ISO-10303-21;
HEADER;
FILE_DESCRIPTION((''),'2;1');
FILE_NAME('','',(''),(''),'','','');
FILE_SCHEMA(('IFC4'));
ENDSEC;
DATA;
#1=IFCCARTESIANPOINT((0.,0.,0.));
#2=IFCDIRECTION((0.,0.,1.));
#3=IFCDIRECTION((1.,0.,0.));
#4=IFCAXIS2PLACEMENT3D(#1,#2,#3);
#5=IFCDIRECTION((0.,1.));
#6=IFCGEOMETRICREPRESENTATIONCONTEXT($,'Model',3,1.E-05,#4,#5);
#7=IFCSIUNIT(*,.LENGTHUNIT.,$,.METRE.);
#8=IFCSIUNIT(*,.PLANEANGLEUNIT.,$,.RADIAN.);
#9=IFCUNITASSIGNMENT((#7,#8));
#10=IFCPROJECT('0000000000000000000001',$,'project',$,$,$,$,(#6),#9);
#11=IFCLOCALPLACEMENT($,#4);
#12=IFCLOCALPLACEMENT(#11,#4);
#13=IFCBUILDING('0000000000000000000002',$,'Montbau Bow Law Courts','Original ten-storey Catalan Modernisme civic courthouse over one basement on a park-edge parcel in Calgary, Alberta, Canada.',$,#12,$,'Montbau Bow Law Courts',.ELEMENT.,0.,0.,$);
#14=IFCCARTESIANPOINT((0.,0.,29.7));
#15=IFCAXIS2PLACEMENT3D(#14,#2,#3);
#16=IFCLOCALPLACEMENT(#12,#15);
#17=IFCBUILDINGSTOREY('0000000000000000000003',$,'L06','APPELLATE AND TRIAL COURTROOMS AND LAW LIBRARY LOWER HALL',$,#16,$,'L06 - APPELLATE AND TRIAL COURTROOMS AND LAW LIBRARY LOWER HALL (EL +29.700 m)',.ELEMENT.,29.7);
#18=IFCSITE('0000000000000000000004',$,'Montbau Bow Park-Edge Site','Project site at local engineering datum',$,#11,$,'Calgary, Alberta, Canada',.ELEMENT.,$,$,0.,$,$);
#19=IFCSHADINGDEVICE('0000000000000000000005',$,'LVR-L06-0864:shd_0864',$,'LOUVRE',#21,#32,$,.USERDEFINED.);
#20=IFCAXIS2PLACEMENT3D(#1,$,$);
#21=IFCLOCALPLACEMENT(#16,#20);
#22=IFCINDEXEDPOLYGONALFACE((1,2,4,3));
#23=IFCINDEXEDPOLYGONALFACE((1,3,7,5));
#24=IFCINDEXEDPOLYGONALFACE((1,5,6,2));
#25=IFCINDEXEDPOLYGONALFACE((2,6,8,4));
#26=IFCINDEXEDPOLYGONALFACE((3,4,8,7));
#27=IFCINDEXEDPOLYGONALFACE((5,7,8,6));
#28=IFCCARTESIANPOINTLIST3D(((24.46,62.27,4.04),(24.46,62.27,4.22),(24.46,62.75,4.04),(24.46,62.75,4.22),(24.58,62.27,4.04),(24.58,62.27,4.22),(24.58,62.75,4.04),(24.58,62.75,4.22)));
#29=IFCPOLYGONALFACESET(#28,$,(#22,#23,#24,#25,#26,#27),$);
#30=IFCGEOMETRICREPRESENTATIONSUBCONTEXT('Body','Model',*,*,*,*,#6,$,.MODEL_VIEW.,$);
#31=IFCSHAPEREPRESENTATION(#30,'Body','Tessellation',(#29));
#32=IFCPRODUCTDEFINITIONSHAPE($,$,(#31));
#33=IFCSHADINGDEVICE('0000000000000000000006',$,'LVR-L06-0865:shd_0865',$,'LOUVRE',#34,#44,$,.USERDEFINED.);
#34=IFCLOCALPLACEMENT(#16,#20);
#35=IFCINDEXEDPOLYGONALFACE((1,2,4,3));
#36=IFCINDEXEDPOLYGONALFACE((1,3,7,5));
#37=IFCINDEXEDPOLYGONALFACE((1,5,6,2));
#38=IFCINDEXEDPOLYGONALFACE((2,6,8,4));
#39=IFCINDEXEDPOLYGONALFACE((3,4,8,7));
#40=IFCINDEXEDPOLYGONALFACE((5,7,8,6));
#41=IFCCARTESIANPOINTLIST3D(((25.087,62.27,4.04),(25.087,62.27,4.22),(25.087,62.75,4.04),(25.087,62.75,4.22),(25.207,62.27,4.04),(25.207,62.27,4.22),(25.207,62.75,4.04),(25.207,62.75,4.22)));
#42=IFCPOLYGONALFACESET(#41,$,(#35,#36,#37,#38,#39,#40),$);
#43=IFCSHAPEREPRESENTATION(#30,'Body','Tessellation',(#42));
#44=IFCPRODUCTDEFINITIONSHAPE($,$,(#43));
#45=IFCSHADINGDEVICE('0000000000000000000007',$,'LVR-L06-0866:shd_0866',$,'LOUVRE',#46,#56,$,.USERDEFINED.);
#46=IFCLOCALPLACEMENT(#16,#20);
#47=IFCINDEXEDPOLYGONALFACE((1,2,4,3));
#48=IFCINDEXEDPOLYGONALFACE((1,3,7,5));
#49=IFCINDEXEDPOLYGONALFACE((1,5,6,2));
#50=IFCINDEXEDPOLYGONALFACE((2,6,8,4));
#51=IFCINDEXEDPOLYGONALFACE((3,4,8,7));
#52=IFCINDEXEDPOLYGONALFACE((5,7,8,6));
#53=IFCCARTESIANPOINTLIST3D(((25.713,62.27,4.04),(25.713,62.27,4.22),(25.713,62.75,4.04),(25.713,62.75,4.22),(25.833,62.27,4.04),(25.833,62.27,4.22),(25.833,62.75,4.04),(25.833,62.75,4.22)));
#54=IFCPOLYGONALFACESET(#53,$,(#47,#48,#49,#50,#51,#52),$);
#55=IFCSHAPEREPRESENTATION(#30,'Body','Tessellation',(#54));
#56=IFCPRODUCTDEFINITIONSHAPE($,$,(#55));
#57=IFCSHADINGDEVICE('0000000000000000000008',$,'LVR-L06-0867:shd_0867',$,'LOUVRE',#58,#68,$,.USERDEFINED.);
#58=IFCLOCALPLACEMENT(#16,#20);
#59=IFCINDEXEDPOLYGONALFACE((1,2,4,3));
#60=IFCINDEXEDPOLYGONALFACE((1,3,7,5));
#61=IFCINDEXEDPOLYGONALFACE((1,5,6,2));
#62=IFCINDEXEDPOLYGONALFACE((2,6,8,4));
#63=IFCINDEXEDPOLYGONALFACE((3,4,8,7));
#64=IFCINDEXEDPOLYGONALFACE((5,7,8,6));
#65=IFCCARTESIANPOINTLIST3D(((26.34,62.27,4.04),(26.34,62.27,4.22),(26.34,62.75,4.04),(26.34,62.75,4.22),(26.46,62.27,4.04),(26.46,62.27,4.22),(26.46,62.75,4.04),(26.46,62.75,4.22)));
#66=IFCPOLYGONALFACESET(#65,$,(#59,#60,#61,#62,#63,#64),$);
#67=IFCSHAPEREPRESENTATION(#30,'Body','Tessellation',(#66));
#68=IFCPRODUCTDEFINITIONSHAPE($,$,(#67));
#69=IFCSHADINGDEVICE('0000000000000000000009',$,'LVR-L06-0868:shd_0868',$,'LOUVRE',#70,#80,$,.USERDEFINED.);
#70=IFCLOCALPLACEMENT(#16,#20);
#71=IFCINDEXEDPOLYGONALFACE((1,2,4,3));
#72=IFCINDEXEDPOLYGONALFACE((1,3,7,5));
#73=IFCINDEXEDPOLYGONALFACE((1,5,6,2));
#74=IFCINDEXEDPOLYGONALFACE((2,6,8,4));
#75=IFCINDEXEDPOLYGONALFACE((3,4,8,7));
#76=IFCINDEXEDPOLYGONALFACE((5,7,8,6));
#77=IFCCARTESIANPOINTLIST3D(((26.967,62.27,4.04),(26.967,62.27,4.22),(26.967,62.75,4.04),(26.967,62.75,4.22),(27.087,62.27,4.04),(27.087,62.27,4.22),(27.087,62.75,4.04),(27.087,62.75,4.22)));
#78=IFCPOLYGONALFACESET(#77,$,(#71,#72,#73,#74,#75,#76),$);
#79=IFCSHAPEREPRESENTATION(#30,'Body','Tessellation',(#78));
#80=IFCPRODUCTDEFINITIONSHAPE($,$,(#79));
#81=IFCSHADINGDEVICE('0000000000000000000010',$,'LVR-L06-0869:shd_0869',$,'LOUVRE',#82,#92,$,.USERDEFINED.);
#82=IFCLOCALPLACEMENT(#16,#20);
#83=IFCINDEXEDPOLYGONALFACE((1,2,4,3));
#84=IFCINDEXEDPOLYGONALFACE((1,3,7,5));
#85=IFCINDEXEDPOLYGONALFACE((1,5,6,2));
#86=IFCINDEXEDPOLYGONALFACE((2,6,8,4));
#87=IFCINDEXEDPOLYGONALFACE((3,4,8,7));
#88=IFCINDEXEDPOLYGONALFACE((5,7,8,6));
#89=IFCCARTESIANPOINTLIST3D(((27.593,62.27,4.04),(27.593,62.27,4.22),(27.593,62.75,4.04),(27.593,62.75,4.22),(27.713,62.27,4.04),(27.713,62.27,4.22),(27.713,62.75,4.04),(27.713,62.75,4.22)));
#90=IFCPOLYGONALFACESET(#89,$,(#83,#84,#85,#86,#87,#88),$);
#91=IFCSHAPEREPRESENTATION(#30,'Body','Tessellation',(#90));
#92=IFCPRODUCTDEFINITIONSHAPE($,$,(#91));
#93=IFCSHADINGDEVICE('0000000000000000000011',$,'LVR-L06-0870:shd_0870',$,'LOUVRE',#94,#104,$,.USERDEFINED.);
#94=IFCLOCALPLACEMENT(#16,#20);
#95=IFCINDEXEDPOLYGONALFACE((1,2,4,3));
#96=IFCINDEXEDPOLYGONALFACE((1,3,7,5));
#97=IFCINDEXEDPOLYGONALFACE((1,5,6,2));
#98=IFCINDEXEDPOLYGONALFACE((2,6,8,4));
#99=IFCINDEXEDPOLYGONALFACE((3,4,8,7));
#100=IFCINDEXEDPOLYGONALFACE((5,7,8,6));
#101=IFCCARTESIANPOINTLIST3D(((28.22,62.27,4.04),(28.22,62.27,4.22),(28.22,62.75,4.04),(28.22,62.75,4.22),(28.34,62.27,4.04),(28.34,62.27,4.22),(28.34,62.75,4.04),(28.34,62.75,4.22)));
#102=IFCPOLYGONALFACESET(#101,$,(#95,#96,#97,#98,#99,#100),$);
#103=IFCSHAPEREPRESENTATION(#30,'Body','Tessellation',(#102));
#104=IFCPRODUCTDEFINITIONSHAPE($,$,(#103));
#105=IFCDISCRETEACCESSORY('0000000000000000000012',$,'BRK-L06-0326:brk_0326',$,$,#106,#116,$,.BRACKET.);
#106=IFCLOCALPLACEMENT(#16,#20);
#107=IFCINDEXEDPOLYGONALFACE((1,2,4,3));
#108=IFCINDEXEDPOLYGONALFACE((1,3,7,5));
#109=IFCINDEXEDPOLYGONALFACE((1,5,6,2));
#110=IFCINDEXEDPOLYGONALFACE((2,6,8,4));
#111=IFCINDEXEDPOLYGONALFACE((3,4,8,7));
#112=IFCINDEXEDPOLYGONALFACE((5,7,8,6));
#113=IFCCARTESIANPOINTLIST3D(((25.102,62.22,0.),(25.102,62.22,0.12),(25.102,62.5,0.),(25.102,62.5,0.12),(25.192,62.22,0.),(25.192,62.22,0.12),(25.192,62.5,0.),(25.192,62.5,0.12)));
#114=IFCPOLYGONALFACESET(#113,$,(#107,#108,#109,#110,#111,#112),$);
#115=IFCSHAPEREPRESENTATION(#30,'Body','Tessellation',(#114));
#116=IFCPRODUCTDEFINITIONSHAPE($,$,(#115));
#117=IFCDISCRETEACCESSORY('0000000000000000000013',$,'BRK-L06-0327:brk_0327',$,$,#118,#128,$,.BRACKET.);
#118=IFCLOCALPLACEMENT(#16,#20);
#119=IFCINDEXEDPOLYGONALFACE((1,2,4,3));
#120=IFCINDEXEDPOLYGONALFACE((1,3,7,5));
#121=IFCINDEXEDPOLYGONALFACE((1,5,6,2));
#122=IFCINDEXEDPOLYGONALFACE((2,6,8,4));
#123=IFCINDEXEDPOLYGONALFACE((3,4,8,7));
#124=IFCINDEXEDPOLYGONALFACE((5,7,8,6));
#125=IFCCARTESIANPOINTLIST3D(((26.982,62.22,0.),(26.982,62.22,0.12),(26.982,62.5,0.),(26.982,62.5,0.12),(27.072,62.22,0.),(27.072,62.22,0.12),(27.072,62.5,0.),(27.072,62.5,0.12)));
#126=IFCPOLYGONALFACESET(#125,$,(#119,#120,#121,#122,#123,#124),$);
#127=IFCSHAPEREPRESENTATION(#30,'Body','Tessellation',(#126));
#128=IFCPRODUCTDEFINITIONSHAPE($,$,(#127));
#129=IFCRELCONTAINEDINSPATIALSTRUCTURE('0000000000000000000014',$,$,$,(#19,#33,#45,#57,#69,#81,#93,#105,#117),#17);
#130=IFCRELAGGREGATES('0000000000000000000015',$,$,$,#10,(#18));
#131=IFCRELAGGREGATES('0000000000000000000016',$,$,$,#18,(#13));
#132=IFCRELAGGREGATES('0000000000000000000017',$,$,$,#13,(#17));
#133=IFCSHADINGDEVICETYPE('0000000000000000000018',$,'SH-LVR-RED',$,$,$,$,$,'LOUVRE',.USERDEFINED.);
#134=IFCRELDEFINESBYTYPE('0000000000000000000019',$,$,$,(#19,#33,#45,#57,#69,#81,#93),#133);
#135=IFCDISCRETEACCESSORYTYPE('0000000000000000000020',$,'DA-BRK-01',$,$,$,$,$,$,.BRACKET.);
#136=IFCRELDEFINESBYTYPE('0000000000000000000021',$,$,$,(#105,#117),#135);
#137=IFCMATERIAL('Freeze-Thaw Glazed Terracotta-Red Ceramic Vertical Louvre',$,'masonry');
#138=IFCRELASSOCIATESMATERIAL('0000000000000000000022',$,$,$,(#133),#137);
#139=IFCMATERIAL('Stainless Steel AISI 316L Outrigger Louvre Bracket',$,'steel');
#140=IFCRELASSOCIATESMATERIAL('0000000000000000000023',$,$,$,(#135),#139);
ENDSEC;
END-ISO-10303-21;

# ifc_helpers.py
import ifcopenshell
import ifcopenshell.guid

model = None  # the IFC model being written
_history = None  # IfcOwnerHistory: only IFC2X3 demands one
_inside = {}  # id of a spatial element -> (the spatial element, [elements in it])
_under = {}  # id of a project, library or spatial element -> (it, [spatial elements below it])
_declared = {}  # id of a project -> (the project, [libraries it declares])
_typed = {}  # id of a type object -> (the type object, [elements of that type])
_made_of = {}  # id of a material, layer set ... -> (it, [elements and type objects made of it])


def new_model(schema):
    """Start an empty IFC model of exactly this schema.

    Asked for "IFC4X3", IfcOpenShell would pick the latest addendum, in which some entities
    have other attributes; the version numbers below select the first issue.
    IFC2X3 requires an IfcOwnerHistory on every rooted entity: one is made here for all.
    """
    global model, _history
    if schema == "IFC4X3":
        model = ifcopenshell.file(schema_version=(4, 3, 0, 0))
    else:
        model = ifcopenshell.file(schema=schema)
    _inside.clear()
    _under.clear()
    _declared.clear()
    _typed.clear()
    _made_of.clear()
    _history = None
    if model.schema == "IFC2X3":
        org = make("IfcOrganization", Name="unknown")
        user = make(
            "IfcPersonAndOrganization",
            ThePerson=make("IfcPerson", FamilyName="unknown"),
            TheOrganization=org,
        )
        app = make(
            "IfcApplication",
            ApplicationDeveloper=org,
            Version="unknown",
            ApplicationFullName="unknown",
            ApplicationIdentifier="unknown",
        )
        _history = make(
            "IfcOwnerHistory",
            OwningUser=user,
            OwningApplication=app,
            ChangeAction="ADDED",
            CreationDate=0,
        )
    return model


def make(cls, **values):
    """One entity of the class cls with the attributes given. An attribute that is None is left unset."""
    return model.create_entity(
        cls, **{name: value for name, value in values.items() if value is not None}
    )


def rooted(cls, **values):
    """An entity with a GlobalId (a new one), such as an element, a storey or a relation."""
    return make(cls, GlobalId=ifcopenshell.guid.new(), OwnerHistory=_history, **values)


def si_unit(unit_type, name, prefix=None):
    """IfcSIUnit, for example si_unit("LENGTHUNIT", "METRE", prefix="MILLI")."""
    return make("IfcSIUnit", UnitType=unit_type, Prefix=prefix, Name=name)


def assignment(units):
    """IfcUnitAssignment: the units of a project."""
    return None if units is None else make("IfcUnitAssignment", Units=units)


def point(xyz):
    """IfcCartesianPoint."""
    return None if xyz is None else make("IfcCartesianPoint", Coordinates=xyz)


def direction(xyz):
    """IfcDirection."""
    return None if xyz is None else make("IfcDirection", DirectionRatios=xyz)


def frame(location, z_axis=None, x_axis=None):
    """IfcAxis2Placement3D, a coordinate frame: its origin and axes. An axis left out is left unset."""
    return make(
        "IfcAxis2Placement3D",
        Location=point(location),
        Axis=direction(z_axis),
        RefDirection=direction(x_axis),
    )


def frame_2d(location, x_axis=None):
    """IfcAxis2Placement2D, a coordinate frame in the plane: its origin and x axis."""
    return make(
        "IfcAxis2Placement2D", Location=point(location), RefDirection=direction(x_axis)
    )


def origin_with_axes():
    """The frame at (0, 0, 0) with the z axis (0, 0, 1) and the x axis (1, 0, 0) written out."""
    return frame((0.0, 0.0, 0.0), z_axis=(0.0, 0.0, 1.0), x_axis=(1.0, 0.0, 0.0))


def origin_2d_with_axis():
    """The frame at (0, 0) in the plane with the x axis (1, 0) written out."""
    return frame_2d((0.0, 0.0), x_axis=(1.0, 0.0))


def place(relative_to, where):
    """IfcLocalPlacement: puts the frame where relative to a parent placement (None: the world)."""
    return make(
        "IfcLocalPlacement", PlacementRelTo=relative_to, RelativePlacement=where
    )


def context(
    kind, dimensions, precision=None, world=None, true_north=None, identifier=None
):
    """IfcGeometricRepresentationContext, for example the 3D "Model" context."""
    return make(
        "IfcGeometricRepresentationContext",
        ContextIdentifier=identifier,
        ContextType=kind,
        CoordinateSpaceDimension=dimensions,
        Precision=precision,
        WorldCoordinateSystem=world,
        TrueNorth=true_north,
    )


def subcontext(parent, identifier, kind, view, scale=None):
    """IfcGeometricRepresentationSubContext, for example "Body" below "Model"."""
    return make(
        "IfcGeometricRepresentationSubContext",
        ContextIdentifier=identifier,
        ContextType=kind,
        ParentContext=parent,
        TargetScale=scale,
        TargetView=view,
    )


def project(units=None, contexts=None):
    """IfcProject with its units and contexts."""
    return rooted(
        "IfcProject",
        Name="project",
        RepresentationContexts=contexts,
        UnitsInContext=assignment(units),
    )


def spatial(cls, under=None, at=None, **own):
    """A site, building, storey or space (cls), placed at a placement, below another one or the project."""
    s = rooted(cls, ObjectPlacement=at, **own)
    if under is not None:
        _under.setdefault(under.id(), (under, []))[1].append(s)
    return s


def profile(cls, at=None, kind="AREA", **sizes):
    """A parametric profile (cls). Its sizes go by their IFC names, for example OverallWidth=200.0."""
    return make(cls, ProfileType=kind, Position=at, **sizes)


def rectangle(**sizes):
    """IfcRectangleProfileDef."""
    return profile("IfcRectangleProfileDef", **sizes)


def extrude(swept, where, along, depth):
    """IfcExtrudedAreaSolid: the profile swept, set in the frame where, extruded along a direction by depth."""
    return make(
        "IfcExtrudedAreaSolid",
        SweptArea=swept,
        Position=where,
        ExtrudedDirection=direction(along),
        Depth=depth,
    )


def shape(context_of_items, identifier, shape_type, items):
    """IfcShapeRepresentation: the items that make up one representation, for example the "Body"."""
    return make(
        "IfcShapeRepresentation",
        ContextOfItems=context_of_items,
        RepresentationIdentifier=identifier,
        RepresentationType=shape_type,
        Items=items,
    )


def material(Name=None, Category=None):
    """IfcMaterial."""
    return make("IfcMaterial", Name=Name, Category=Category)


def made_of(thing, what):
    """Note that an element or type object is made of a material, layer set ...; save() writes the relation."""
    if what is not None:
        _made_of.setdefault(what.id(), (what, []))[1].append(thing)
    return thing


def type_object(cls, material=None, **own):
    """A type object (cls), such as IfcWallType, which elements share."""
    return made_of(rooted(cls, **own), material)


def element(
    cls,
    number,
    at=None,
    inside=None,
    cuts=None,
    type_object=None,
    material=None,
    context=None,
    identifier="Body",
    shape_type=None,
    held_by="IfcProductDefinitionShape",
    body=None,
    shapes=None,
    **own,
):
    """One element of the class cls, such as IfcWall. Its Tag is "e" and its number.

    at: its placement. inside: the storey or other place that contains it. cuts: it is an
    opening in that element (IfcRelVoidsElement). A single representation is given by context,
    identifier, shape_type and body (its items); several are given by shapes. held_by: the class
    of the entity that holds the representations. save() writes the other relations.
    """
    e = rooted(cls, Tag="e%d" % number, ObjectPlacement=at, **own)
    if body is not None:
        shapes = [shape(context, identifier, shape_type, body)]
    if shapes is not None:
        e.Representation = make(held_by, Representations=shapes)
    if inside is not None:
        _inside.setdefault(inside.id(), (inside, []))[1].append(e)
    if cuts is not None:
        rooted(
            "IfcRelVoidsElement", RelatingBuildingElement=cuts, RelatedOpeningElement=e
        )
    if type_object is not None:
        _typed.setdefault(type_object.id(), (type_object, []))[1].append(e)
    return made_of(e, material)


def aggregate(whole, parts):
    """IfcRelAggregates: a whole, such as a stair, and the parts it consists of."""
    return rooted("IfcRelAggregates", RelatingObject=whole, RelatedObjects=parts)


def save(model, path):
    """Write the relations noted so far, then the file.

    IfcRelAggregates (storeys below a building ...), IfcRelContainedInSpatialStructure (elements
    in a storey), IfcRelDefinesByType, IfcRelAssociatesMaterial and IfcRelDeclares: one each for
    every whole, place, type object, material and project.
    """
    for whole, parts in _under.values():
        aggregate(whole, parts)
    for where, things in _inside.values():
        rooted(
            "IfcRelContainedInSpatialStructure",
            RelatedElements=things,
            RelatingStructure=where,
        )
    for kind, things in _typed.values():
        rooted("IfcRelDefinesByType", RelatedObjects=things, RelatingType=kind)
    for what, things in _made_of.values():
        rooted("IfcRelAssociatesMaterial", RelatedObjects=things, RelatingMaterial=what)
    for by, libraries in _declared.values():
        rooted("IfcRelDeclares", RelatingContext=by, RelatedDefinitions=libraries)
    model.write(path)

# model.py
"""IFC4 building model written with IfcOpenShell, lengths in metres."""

from ifc_helpers import new_model, si_unit, direction, frame, origin_with_axes, origin_2d_with_axis, place, context, subcontext, project, spatial, rectangle, extrude, material, type_object, element, save


model = new_model("IFC4")

# Units and contexts
model_context = context("Model", 3, precision=1e-05, world=origin_with_axes(), true_north=direction((0.0, 1.0)))
body_context = subcontext(model_context, "Body", "Model", "MODEL_VIEW")
ifc_project = project(units=[si_unit("LENGTHUNIT", "METRE"), si_unit("PLANEANGLEUNIT", "RADIAN")], contexts=[model_context])

# Site, building, storey
site_placement = place(None, origin_with_axes())
site = spatial("IfcSite", under=ifc_project, at=site_placement, Name="Montbau Bow Park-Edge Site", Description="Project site at local engineering datum", LongName="Calgary, Alberta, Canada", CompositionType="ELEMENT", RefElevation=0.0)
building_placement = place(site_placement, origin_with_axes())
building = spatial("IfcBuilding", under=site, at=building_placement, Name="Montbau Bow Law Courts", Description="Original ten-storey Catalan Modernisme civic courthouse over one basement on a park-edge parcel in Calgary, Alberta, Canada.", LongName="Montbau Bow Law Courts", CompositionType="ELEMENT", ElevationOfRefHeight=0.0, ElevationOfTerrain=0.0)
storey_placement = place(building_placement, frame((0.0, 0.0, 29.7), z_axis=(0.0, 0.0, 1.0), x_axis=(1.0, 0.0, 0.0)))
storey = spatial("IfcBuildingStorey", under=building, at=storey_placement, Name="L06", Description="APPELLATE AND TRIAL COURTROOMS AND LAW LIBRARY LOWER HALL", LongName="L06 - APPELLATE AND TRIAL COURTROOMS AND LAW LIBRARY LOWER HALL (EL +29.700 m)", CompositionType="ELEMENT", Elevation=29.7)

# Shared definitions
ifc_material_1 = material(Name="Freeze-Thaw Glazed Terracotta-Red Ceramic Vertical Louvre", Category="masonry")

# Shading devices
shading_device_type = type_object("IfcShadingDeviceType", Name="SH-LVR-RED", ElementType="LOUVRE", PredefinedType="USERDEFINED", material=ifc_material_1)
for number, where, z_axis, x_axis, name in (
    (1, (24.52, 62.51, 33.74), (0.0, 0.0, 1.0), (0.0, 1.0, 0.0), "LVR-L06-0864:shd_0864"),
    (2, (25.147, 62.51, 33.74), (0.0, 0.0, 1.0), (0.0, 1.0, 0.0), "LVR-L06-0865:shd_0865"),
    (3, (25.773, 62.51, 33.74), (0.0, 0.0, 1.0), (0.0, 1.0, 0.0), "LVR-L06-0866:shd_0866"),
    (4, (26.4, 62.51, 33.74), (0.0, 0.0, 1.0), (0.0, 1.0, 0.0), "LVR-L06-0867:shd_0867"),
    (5, (27.027, 62.51, 33.74), (0.0, 0.0, 1.0), (0.0, 1.0, 0.0), "LVR-L06-0868:shd_0868"),
    (6, (27.653, 62.51, 33.74), (0.0, 0.0, 1.0), (0.0, 1.0, 0.0), "LVR-L06-0869:shd_0869"),
    (7, (28.28, 62.51, 33.74), (0.0, 0.0, 1.0), (0.0, 1.0, 0.0), "LVR-L06-0870:shd_0870"),
):
    element("IfcShadingDevice", number, at=place(None, frame(where, z_axis=z_axis, x_axis=x_axis)), inside=storey, type_object=shading_device_type, Name=name, ObjectType="LOUVRE", PredefinedType="USERDEFINED", context=body_context, shape_type="SweptSolid", body=[
        extrude(rectangle(XDim=0.48, YDim=0.12, at=origin_2d_with_axis()), origin_with_axes(), (0.0, 0.0, 1.0), 0.18),
    ])

# Discrete accessories
ifc_material_2 = material(Name="Stainless Steel AISI 316L Outrigger Louvre Bracket", Category="steel")
discrete_accessory_type = type_object("IfcDiscreteAccessoryType", Name="DA-BRK-01", PredefinedType="BRACKET", material=ifc_material_2)
for number, where, z_axis, x_axis, name in (
    (8, (25.147, 62.36, 29.7), (0.0, 0.0, 1.0), (0.0, 1.0, 0.0), "BRK-L06-0326:brk_0326"),
    (9, (27.027, 62.36, 29.7), (0.0, 0.0, 1.0), (0.0, 1.0, 0.0), "BRK-L06-0327:brk_0327"),
):
    element("IfcDiscreteAccessory", number, at=place(None, frame(where, z_axis=z_axis, x_axis=x_axis)), inside=storey, type_object=discrete_accessory_type, Name=name, PredefinedType="BRACKET", context=body_context, shape_type="SweptSolid", body=[
        extrude(rectangle(XDim=0.28, YDim=0.09, at=origin_2d_with_axis()), origin_with_axes(), (0.0, 0.0, 1.0), 0.12),
    ])

save(model, "model.ifc")
